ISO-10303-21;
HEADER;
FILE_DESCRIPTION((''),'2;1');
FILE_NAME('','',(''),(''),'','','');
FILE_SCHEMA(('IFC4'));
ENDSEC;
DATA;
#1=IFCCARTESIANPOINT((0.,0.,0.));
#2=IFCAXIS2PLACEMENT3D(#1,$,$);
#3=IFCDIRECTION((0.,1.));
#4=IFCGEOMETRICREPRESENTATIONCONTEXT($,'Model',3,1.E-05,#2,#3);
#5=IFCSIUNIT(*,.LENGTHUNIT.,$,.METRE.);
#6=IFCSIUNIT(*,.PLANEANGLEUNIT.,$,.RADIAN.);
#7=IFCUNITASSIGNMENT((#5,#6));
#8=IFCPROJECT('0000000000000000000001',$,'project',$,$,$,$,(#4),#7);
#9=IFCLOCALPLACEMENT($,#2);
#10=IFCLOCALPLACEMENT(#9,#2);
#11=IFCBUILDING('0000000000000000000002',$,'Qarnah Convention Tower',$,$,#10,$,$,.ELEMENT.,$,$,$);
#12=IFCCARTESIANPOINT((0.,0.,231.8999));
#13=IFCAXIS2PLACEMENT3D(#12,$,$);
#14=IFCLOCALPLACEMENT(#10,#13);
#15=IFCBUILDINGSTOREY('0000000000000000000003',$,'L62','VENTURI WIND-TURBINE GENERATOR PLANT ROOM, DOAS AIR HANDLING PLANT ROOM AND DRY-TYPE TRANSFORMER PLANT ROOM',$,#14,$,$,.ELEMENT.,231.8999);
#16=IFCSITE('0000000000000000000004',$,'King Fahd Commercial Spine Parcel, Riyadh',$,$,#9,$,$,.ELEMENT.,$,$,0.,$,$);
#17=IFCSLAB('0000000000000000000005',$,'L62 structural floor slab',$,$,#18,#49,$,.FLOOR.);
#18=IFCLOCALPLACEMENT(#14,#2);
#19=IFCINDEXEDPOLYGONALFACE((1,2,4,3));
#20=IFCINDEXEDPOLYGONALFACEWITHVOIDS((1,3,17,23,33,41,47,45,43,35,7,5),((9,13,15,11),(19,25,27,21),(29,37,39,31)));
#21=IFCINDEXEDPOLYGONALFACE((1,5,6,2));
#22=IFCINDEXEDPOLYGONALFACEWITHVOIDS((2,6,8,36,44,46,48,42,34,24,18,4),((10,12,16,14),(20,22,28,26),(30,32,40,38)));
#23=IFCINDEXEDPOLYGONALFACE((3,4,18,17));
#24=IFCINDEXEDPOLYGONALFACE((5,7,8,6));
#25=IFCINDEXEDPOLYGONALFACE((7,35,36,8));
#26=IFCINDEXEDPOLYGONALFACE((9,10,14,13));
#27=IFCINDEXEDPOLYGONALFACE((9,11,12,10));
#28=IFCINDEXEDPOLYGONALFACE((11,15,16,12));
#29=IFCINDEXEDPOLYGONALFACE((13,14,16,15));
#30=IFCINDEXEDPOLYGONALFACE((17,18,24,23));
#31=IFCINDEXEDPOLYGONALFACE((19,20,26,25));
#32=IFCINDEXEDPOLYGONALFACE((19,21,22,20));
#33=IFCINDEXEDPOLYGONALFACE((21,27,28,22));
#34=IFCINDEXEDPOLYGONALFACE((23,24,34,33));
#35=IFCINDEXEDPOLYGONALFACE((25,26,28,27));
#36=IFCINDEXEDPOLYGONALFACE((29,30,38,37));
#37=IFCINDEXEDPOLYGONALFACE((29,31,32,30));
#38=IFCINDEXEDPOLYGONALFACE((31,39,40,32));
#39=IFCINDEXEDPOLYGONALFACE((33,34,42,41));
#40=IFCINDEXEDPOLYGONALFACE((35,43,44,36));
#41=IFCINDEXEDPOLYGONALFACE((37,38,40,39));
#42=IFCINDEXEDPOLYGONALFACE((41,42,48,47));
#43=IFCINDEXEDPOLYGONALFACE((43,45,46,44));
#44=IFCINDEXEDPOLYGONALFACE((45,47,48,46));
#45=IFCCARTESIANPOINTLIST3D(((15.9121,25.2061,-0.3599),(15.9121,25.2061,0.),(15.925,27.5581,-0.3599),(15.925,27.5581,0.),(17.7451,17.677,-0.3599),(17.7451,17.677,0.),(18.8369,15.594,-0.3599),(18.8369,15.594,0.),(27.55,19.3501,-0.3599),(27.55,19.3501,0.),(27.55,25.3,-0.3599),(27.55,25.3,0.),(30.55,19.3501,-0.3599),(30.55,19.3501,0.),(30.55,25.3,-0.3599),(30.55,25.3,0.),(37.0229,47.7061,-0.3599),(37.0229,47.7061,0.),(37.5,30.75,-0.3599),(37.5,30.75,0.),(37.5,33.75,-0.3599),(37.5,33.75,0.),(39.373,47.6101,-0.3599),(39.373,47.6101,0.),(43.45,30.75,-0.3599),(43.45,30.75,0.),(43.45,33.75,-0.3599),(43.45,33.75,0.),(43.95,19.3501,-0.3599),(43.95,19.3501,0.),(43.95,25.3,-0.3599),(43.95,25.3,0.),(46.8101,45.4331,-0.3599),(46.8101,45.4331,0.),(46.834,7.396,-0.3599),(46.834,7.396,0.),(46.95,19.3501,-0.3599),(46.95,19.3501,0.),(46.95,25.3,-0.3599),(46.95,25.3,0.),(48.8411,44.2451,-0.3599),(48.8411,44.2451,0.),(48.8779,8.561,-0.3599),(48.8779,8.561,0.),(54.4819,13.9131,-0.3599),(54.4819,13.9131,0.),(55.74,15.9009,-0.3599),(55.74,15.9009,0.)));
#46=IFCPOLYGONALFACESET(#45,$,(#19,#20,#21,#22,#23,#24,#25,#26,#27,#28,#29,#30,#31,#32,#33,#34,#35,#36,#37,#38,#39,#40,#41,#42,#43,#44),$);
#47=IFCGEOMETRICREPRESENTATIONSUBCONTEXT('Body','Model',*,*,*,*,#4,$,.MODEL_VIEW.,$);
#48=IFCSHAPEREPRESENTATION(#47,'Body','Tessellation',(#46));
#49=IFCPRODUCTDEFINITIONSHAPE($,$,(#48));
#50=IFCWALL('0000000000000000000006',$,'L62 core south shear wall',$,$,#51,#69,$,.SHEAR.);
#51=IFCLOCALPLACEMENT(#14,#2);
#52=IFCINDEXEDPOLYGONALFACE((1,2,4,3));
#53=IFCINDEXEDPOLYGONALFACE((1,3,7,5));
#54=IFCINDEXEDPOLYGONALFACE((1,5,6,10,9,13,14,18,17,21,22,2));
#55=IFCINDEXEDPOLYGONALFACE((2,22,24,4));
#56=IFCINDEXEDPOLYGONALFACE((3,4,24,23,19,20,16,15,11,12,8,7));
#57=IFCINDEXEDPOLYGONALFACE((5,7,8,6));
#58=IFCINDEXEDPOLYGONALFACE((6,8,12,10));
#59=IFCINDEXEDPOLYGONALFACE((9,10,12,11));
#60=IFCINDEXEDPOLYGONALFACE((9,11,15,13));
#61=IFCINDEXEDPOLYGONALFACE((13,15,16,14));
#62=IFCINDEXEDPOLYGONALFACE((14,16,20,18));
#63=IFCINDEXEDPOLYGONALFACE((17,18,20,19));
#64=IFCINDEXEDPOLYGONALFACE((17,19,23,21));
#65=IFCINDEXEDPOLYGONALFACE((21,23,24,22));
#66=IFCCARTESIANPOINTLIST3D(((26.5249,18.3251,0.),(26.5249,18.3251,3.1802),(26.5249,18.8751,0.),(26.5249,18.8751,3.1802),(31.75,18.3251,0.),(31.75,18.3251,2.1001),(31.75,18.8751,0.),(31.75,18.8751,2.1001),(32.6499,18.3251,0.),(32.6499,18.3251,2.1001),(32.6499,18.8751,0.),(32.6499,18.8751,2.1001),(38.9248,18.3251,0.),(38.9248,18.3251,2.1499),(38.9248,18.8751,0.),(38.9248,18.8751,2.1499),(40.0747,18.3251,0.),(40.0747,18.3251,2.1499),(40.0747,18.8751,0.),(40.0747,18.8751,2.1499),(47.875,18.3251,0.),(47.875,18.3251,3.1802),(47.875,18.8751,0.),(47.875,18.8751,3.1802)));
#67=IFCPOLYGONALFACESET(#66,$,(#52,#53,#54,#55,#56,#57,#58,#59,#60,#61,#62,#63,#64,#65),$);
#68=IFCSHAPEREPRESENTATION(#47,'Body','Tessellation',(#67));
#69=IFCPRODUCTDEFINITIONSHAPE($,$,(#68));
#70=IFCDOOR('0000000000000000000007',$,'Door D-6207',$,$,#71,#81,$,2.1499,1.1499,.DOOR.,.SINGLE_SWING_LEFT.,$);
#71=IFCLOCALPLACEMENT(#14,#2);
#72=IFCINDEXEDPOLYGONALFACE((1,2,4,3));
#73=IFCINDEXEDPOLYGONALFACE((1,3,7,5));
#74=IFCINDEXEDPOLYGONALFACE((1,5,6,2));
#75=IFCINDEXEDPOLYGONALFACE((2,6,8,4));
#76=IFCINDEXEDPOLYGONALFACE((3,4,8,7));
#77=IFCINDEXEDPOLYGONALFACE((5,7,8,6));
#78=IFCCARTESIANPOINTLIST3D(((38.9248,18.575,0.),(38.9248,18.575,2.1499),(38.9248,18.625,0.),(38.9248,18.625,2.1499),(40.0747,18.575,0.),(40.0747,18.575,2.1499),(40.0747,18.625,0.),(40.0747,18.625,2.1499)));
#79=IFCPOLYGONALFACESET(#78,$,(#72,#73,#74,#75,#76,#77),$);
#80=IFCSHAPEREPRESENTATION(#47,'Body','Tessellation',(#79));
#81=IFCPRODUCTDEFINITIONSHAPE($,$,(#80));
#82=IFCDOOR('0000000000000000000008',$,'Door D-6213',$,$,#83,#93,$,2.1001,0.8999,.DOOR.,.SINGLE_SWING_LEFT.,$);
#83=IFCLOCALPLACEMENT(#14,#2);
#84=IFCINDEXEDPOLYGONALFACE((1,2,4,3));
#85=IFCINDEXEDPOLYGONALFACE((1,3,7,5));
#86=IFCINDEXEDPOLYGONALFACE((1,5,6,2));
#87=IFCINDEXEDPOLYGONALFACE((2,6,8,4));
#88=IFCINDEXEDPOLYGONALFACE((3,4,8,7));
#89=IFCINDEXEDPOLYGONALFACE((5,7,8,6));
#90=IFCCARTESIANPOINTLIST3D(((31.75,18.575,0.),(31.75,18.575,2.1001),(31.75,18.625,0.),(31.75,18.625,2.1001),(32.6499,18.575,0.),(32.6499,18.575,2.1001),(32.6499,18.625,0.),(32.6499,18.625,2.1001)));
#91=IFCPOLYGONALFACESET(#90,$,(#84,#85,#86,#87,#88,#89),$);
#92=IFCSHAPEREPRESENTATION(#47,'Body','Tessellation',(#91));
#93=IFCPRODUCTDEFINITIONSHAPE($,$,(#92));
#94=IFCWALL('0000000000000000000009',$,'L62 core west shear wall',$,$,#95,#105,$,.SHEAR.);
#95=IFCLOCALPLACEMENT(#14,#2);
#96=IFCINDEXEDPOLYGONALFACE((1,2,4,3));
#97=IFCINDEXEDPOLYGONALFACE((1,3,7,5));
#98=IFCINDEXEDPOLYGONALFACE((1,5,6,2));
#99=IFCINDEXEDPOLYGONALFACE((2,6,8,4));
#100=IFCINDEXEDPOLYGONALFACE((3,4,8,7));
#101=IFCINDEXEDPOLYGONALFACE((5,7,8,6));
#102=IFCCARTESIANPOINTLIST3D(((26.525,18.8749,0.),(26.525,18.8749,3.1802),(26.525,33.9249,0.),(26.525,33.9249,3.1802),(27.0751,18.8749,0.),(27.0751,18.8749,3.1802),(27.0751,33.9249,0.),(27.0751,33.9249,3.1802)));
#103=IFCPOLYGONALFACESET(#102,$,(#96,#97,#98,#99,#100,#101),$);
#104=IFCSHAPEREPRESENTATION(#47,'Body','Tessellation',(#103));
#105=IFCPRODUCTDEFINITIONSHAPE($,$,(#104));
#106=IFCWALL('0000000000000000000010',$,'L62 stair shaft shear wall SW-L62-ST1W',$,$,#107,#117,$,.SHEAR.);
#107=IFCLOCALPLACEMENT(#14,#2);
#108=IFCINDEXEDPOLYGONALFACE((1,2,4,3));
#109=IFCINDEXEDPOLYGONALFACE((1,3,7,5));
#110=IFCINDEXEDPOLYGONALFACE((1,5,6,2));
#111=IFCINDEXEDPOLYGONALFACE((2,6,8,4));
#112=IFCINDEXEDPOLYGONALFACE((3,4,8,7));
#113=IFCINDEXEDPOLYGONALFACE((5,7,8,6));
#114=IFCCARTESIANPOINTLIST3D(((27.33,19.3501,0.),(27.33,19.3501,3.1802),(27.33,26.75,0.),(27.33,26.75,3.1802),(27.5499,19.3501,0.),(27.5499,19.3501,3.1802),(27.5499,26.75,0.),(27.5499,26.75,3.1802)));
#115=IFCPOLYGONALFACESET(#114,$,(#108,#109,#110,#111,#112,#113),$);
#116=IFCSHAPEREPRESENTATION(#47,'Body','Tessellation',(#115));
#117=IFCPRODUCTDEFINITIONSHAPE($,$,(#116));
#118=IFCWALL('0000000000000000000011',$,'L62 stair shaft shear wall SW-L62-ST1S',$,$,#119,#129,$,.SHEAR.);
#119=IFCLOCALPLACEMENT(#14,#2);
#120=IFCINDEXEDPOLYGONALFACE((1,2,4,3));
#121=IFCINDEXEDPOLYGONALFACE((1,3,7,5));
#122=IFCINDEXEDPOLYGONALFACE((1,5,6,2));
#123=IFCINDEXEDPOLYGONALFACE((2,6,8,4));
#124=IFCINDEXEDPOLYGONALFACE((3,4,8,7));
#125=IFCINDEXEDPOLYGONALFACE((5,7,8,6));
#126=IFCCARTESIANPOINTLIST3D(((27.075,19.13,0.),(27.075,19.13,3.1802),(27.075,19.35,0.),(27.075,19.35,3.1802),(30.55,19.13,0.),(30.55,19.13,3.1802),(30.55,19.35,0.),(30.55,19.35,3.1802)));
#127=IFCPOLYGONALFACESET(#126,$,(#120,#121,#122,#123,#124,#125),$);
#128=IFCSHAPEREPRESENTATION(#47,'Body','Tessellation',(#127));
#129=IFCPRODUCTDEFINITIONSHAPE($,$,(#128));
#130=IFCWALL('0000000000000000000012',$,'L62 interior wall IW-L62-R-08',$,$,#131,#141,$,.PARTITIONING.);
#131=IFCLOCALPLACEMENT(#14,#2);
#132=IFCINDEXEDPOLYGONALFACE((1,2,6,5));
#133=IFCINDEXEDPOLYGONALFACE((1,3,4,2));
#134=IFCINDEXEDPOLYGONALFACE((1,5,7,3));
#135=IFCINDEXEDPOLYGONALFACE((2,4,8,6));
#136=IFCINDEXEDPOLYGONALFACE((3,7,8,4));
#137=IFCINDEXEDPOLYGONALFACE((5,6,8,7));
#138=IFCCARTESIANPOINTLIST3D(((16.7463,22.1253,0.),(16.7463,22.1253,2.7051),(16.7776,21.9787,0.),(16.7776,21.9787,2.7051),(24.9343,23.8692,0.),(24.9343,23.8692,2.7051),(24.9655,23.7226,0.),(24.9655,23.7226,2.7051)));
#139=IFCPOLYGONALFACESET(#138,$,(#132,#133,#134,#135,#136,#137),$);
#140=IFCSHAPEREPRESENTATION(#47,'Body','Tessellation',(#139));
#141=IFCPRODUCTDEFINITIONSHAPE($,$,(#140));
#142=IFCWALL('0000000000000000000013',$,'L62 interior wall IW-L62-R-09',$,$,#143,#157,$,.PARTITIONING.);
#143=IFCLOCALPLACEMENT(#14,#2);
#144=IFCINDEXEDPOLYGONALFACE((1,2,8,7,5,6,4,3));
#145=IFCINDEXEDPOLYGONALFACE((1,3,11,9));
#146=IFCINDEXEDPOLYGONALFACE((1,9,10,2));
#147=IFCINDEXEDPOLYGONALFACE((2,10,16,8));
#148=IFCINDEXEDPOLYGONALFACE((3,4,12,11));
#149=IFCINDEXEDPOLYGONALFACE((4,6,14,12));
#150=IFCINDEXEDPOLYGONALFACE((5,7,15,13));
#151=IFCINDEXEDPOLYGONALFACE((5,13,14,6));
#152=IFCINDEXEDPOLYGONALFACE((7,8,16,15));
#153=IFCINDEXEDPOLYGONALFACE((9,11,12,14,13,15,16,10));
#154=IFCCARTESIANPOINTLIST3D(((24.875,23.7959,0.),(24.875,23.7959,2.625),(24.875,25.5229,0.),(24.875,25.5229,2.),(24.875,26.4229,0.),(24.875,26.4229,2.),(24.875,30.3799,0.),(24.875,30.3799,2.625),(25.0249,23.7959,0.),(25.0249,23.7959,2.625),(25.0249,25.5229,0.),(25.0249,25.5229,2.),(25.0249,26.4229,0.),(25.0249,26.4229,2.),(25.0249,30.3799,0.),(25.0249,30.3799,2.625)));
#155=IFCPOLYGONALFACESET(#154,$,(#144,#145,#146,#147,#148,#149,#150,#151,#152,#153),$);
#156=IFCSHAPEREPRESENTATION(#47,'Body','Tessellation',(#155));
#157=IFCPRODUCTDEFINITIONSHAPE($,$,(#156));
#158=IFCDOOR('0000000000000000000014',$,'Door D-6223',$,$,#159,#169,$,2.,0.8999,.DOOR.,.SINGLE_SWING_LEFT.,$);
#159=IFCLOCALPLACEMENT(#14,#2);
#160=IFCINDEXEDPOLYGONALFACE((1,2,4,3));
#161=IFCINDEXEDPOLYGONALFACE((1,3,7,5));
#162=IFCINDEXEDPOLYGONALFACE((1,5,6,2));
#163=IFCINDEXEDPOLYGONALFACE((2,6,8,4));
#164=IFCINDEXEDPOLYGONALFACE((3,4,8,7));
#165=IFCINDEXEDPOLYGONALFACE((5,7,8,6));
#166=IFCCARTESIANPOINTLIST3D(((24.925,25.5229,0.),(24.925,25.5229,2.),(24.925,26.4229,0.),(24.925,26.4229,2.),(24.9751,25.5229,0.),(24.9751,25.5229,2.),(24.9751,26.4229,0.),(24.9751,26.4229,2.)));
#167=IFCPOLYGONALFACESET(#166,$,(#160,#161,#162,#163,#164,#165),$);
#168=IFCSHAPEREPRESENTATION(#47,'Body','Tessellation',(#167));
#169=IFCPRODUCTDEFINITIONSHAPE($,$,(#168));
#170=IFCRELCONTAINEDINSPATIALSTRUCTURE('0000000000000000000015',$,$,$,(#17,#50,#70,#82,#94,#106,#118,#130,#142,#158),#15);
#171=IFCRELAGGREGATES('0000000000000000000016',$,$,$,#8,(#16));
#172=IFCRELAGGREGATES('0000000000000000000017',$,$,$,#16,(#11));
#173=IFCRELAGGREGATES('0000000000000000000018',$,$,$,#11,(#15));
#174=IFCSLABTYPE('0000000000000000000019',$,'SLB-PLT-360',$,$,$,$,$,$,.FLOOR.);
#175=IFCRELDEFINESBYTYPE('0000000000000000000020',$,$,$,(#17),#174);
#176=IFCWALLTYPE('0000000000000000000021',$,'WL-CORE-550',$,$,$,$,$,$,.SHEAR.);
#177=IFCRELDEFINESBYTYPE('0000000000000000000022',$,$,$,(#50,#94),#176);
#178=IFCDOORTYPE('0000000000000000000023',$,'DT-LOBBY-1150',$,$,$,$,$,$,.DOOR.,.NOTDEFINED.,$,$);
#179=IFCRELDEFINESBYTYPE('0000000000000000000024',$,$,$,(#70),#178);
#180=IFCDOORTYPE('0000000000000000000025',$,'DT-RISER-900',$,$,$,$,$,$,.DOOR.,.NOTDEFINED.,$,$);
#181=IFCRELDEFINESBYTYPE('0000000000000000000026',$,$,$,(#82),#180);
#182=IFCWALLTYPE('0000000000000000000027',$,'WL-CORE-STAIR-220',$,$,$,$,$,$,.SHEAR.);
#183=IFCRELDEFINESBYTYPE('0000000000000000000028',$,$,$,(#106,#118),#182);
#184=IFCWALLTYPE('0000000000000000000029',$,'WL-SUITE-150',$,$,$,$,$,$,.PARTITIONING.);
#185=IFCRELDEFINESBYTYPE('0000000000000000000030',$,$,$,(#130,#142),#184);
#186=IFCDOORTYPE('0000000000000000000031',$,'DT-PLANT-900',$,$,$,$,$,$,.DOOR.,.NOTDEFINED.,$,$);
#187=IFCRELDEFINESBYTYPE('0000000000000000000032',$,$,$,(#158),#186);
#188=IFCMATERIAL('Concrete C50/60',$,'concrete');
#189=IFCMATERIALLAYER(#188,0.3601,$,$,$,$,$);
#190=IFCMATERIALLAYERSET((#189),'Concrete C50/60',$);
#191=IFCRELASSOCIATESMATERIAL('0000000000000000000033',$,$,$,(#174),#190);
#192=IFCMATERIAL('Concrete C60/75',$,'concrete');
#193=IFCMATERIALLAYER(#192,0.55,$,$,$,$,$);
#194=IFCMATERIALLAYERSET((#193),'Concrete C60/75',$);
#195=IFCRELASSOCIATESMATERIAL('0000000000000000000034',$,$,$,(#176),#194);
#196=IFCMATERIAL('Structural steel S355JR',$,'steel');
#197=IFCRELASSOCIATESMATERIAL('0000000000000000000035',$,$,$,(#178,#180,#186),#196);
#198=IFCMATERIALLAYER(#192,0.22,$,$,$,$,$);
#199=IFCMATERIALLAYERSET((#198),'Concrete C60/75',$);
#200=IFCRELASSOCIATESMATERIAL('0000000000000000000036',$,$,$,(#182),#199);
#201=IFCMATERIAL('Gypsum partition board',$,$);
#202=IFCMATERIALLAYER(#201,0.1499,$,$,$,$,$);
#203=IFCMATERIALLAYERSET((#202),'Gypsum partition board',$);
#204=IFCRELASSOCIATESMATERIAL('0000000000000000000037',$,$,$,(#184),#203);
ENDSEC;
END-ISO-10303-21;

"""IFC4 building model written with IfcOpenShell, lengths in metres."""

from ifc_helpers import new_model, si_unit, direction, frame, frame_2d, origin, place, context, subcontext, project, spatial, polyline, rectangle, outline, extrude, material, layer, layer_set, type_object, element, fill, save


model = new_model("IFC4")

# Units and contexts
model_context = context("Model", 3, precision=1e-05, world=origin(), true_north=direction((0.0, 1.0)))
body_context = subcontext(model_context, "Body", "Model", "MODEL_VIEW")
ifc_project = project(units=[si_unit("LENGTHUNIT", "METRE"), si_unit("PLANEANGLEUNIT", "RADIAN")], contexts=[model_context])

# Site, building, storey
site_placement = place(None, origin())
site = spatial("IfcSite", under=ifc_project, at=site_placement, Name="King Fahd Commercial Spine Parcel, Riyadh", CompositionType="ELEMENT", RefElevation=0.0)
building_placement = place(site_placement, origin())
building = spatial("IfcBuilding", under=site, at=building_placement, Name="Qarnah Convention Tower", CompositionType="ELEMENT")
storey_placement = place(building_placement, frame((0.0, 0.0, 231.8999)))
storey = spatial("IfcBuildingStorey", under=building, at=storey_placement, Name="L62", Description="VENTURI WIND-TURBINE GENERATOR PLANT ROOM, DOAS AIR HANDLING PLANT ROOM AND DRY-TYPE TRANSFORMER PLANT ROOM", CompositionType="ELEMENT", Elevation=231.8999)

# Shared definitions
ifc_material_1 = material(Name="Concrete C50/60", Category="concrete")

# Shared definitions
ifc_material_2 = material(Name="Structural steel S355JR", Category="steel")

# Slab
ifc_layer_1 = layer(ifc_material_1, 0.3601)
ifc_layer_set_1 = layer_set([ifc_layer_1], Name="Concrete C50/60")
slab_type_1 = type_object("IfcSlabType", Name="SLB-PLT-360", PredefinedType="FLOOR", material=ifc_layer_set_1)
slab_1_placement = place(storey_placement, frame((0.0, 0.0, -0.3599)))
element("IfcSlab", 1, at=slab_1_placement, inside=storey, type_object=slab_type_1, Name="L62 structural floor slab", PredefinedType="FLOOR", context=body_context, shape_type="SweptSolid", body=[
    extrude(outline(polyline([(37.0229, 47.7061), (15.925, 27.5581), (15.9121, 25.2061), (17.7451, 17.677), (18.8369, 15.594), (46.834, 7.396), (48.8779, 8.561), (54.4819, 13.9131), (55.74, 15.9009), (48.8411, 44.2451), (46.8101, 45.4331), (39.373, 47.6101), (37.0229, 47.7061)]), holes=[polyline([(27.55, 25.3), (27.55, 19.3501), (30.55, 19.3501), (30.55, 25.3), (27.55, 25.3)]), polyline([(43.95, 25.3), (43.95, 19.3501), (46.95, 19.3501), (46.95, 25.3), (43.95, 25.3)]), polyline([(37.5, 30.75), (43.45, 30.75), (43.45, 33.75), (37.5, 33.75), (37.5, 30.75)])]), origin(), (0.0, 0.0, 1.0), 0.3599),
])

# Wall, openings, doors
ifc_material_3 = material(Name="Concrete C60/75", Category="concrete")
ifc_layer_2 = layer(ifc_material_3, 0.55)
ifc_layer_set_2 = layer_set([ifc_layer_2], Name="Concrete C60/75")
wall_type_1 = type_object("IfcWallType", Name="WL-CORE-550", PredefinedType="SHEAR", material=ifc_layer_set_2)
wall_1_placement = place(storey_placement, frame((26.5249, 18.6001, 0.0), z_axis=(0.0, 0.0, 1.0), x_axis=(1.0, 0.0, 0.0)))
wall_1 = element("IfcWall", 2, at=wall_1_placement, inside=storey, type_object=wall_type_1, Name="L62 core south shear wall", PredefinedType="SHEAR", context=body_context, shape_type="SweptSolid", body=[
    extrude(rectangle(XDim=21.3501, YDim=0.55, at=frame_2d((10.675, 0.0))), origin(), (0.0, 0.0, 1.0), 3.1802),
])
opening_1_placement = place(wall_1_placement, frame((12.3999, 0.0, 0.0)))
opening_1 = element("IfcOpeningElement", 3, at=opening_1_placement, cuts=wall_1, PredefinedType="OPENING", context=body_context, shape_type="SweptSolid", body=[
    extrude(rectangle(XDim=1.1499, YDim=2.1499, at=frame_2d((0.575, 1.075))), frame((0.0, 0.2849, 0.0), z_axis=(0.0, -1.0, 0.0), x_axis=(1.0, 0.0, 0.0)), (0.0, 0.0, 1.0), 0.5701),
])
opening_2_placement = place(wall_1_placement, frame((5.2251, 0.0, 0.0)))
opening_2 = element("IfcOpeningElement", 4, at=opening_2_placement, cuts=wall_1, PredefinedType="OPENING", context=body_context, shape_type="SweptSolid", body=[
    extrude(rectangle(XDim=0.8999, YDim=2.1001, at=frame_2d((0.45, 1.05))), frame((0.0, 0.2849, 0.0), z_axis=(0.0, -1.0, 0.0), x_axis=(1.0, 0.0, 0.0)), (0.0, 0.0, 1.0), 0.5701),
])
door_type_1 = type_object("IfcDoorType", Name="DT-LOBBY-1150", OperationType="NOTDEFINED", PredefinedType="DOOR", material=ifc_material_2)
door_1_placement = place(opening_1_placement, origin())
door_1 = element("IfcDoor", 5, at=door_1_placement, inside=storey, type_object=door_type_1, Name="Door D-6207", OperationType="SINGLE_SWING_LEFT", OverallHeight=2.1499, OverallWidth=1.1499, PredefinedType="DOOR", context=body_context, shape_type="SweptSolid", body=[
    extrude(rectangle(XDim=1.1499, YDim=2.1499, at=frame_2d((0.575, 1.075))), frame((0.0, 0.0249, 0.0), z_axis=(0.0, -1.0, 0.0), x_axis=(1.0, 0.0, 0.0)), (0.0, 0.0, 1.0), 0.05),
])
fill(opening_1, door_1)
door_type_2 = type_object("IfcDoorType", Name="DT-RISER-900", OperationType="NOTDEFINED", PredefinedType="DOOR", material=ifc_material_2)
door_2_placement = place(opening_2_placement, origin())
door_2 = element("IfcDoor", 6, at=door_2_placement, inside=storey, type_object=door_type_2, Name="Door D-6213", OperationType="SINGLE_SWING_LEFT", OverallHeight=2.1001, OverallWidth=0.8999, PredefinedType="DOOR", context=body_context, shape_type="SweptSolid", body=[
    extrude(rectangle(XDim=0.8999, YDim=2.1001, at=frame_2d((0.45, 1.05))), frame((0.0, 0.0249, 0.0), z_axis=(0.0, -1.0, 0.0), x_axis=(1.0, 0.0, 0.0)), (0.0, 0.0, 1.0), 0.05),
])
fill(opening_2, door_2)

# Walls
wall_2_placement = place(storey_placement, frame((26.8, 18.875, 0.0), z_axis=(0.0, 0.0, 1.0), x_axis=(0.0, 1.0, 0.0)))
element("IfcWall", 7, at=wall_2_placement, inside=storey, type_object=wall_type_1, Name="L62 core west shear wall", PredefinedType="SHEAR", context=body_context, shape_type="SweptSolid", body=[
    extrude(rectangle(XDim=15.05, YDim=0.55, at=frame_2d((7.5249, 0.0))), origin(), (0.0, 0.0, 1.0), 3.1802),
])
ifc_layer_3 = layer(ifc_material_3, 0.22)
ifc_layer_set_3 = layer_set([ifc_layer_3], Name="Concrete C60/75")
wall_type_2 = type_object("IfcWallType", Name="WL-CORE-STAIR-220", PredefinedType="SHEAR", material=ifc_layer_set_3)
wall_3_placement = place(storey_placement, frame((27.4399, 19.3501, 0.0), z_axis=(0.0, 0.0, 1.0), x_axis=(0.0, 1.0, 0.0)))
element("IfcWall", 8, at=wall_3_placement, inside=storey, type_object=wall_type_2, Name="L62 stair shaft shear wall SW-L62-ST1W", PredefinedType="SHEAR", context=body_context, shape_type="SweptSolid", body=[
    extrude(rectangle(XDim=7.3999, YDim=0.22, at=frame_2d((3.7, 0.0))), origin(), (0.0, 0.0, 1.0), 3.1802),
])
wall_4_placement = place(storey_placement, frame((27.075, 19.24, 0.0), z_axis=(0.0, 0.0, 1.0), x_axis=(1.0, 0.0, 0.0)))
element("IfcWall", 9, at=wall_4_placement, inside=storey, type_object=wall_type_2, Name="L62 stair shaft shear wall SW-L62-ST1S", PredefinedType="SHEAR", context=body_context, shape_type="SweptSolid", body=[
    extrude(rectangle(XDim=3.4751, YDim=0.22, at=frame_2d((1.7375, 0.0))), origin(), (0.0, 0.0, 1.0), 3.1802),
])
ifc_material_4 = material(Name="Gypsum partition board")
ifc_layer_4 = layer(ifc_material_4, 0.1499)
ifc_layer_set_4 = layer_set([ifc_layer_4], Name="Gypsum partition board")
wall_type_3 = type_object("IfcWallType", Name="WL-SUITE-150", PredefinedType="PARTITIONING", material=ifc_layer_set_4)
wall_5_placement = place(storey_placement, frame((16.762, 22.052, 0.0), z_axis=(0.0, 0.0, 1.0), x_axis=(0.978063, 0.20831, 0.0)))
element("IfcWall", 10, at=wall_5_placement, inside=storey, type_object=wall_type_3, Name="L62 interior wall IW-L62-R-08", PredefinedType="PARTITIONING", context=body_context, shape_type="SweptSolid", body=[
    extrude(rectangle(XDim=8.3716, YDim=0.1499, at=frame_2d((4.1858, 0.0))), origin(), (0.0, 0.0, 1.0), 2.7051),
])

# Wall, opening, door
wall_6_placement = place(storey_placement, frame((24.95, 23.7959, 0.0), z_axis=(0.0, 0.0, 1.0), x_axis=(0.0, 1.0, 0.0)))
wall_6 = element("IfcWall", 11, at=wall_6_placement, inside=storey, type_object=wall_type_3, Name="L62 interior wall IW-L62-R-09", PredefinedType="PARTITIONING", context=body_context, shape_type="SweptSolid", body=[
    extrude(rectangle(XDim=6.584, YDim=0.1499, at=frame_2d((3.292, 0.0))), origin(), (0.0, 0.0, 1.0), 2.625),
])
opening_3_placement = place(wall_6_placement, frame((1.7271, 0.0, 0.0)))
opening_3 = element("IfcOpeningElement", 12, at=opening_3_placement, cuts=wall_6, PredefinedType="OPENING", context=body_context, shape_type="SweptSolid", body=[
    extrude(rectangle(XDim=0.8999, YDim=2.0, at=frame_2d((0.45, 1.0))), frame((0.0, 0.085, 0.0), z_axis=(0.0, -1.0, 0.0), x_axis=(1.0, 0.0, 0.0)), (0.0, 0.0, 1.0), 0.1699),
])
door_type_3 = type_object("IfcDoorType", Name="DT-PLANT-900", OperationType="NOTDEFINED", PredefinedType="DOOR", material=ifc_material_2)
door_3_placement = place(opening_3_placement, origin())
door_3 = element("IfcDoor", 13, at=door_3_placement, inside=storey, type_object=door_type_3, Name="Door D-6223", OperationType="SINGLE_SWING_LEFT", OverallHeight=2.0, OverallWidth=0.8999, PredefinedType="DOOR", context=body_context, shape_type="SweptSolid", body=[
    extrude(rectangle(XDim=0.8999, YDim=2.0, at=frame_2d((0.45, 1.0))), frame((0.0, 0.0249, 0.0), z_axis=(0.0, -1.0, 0.0), x_axis=(1.0, 0.0, 0.0)), (0.0, 0.0, 1.0), 0.05),
])
fill(opening_3, door_3)

save(model, "model.ifc")
